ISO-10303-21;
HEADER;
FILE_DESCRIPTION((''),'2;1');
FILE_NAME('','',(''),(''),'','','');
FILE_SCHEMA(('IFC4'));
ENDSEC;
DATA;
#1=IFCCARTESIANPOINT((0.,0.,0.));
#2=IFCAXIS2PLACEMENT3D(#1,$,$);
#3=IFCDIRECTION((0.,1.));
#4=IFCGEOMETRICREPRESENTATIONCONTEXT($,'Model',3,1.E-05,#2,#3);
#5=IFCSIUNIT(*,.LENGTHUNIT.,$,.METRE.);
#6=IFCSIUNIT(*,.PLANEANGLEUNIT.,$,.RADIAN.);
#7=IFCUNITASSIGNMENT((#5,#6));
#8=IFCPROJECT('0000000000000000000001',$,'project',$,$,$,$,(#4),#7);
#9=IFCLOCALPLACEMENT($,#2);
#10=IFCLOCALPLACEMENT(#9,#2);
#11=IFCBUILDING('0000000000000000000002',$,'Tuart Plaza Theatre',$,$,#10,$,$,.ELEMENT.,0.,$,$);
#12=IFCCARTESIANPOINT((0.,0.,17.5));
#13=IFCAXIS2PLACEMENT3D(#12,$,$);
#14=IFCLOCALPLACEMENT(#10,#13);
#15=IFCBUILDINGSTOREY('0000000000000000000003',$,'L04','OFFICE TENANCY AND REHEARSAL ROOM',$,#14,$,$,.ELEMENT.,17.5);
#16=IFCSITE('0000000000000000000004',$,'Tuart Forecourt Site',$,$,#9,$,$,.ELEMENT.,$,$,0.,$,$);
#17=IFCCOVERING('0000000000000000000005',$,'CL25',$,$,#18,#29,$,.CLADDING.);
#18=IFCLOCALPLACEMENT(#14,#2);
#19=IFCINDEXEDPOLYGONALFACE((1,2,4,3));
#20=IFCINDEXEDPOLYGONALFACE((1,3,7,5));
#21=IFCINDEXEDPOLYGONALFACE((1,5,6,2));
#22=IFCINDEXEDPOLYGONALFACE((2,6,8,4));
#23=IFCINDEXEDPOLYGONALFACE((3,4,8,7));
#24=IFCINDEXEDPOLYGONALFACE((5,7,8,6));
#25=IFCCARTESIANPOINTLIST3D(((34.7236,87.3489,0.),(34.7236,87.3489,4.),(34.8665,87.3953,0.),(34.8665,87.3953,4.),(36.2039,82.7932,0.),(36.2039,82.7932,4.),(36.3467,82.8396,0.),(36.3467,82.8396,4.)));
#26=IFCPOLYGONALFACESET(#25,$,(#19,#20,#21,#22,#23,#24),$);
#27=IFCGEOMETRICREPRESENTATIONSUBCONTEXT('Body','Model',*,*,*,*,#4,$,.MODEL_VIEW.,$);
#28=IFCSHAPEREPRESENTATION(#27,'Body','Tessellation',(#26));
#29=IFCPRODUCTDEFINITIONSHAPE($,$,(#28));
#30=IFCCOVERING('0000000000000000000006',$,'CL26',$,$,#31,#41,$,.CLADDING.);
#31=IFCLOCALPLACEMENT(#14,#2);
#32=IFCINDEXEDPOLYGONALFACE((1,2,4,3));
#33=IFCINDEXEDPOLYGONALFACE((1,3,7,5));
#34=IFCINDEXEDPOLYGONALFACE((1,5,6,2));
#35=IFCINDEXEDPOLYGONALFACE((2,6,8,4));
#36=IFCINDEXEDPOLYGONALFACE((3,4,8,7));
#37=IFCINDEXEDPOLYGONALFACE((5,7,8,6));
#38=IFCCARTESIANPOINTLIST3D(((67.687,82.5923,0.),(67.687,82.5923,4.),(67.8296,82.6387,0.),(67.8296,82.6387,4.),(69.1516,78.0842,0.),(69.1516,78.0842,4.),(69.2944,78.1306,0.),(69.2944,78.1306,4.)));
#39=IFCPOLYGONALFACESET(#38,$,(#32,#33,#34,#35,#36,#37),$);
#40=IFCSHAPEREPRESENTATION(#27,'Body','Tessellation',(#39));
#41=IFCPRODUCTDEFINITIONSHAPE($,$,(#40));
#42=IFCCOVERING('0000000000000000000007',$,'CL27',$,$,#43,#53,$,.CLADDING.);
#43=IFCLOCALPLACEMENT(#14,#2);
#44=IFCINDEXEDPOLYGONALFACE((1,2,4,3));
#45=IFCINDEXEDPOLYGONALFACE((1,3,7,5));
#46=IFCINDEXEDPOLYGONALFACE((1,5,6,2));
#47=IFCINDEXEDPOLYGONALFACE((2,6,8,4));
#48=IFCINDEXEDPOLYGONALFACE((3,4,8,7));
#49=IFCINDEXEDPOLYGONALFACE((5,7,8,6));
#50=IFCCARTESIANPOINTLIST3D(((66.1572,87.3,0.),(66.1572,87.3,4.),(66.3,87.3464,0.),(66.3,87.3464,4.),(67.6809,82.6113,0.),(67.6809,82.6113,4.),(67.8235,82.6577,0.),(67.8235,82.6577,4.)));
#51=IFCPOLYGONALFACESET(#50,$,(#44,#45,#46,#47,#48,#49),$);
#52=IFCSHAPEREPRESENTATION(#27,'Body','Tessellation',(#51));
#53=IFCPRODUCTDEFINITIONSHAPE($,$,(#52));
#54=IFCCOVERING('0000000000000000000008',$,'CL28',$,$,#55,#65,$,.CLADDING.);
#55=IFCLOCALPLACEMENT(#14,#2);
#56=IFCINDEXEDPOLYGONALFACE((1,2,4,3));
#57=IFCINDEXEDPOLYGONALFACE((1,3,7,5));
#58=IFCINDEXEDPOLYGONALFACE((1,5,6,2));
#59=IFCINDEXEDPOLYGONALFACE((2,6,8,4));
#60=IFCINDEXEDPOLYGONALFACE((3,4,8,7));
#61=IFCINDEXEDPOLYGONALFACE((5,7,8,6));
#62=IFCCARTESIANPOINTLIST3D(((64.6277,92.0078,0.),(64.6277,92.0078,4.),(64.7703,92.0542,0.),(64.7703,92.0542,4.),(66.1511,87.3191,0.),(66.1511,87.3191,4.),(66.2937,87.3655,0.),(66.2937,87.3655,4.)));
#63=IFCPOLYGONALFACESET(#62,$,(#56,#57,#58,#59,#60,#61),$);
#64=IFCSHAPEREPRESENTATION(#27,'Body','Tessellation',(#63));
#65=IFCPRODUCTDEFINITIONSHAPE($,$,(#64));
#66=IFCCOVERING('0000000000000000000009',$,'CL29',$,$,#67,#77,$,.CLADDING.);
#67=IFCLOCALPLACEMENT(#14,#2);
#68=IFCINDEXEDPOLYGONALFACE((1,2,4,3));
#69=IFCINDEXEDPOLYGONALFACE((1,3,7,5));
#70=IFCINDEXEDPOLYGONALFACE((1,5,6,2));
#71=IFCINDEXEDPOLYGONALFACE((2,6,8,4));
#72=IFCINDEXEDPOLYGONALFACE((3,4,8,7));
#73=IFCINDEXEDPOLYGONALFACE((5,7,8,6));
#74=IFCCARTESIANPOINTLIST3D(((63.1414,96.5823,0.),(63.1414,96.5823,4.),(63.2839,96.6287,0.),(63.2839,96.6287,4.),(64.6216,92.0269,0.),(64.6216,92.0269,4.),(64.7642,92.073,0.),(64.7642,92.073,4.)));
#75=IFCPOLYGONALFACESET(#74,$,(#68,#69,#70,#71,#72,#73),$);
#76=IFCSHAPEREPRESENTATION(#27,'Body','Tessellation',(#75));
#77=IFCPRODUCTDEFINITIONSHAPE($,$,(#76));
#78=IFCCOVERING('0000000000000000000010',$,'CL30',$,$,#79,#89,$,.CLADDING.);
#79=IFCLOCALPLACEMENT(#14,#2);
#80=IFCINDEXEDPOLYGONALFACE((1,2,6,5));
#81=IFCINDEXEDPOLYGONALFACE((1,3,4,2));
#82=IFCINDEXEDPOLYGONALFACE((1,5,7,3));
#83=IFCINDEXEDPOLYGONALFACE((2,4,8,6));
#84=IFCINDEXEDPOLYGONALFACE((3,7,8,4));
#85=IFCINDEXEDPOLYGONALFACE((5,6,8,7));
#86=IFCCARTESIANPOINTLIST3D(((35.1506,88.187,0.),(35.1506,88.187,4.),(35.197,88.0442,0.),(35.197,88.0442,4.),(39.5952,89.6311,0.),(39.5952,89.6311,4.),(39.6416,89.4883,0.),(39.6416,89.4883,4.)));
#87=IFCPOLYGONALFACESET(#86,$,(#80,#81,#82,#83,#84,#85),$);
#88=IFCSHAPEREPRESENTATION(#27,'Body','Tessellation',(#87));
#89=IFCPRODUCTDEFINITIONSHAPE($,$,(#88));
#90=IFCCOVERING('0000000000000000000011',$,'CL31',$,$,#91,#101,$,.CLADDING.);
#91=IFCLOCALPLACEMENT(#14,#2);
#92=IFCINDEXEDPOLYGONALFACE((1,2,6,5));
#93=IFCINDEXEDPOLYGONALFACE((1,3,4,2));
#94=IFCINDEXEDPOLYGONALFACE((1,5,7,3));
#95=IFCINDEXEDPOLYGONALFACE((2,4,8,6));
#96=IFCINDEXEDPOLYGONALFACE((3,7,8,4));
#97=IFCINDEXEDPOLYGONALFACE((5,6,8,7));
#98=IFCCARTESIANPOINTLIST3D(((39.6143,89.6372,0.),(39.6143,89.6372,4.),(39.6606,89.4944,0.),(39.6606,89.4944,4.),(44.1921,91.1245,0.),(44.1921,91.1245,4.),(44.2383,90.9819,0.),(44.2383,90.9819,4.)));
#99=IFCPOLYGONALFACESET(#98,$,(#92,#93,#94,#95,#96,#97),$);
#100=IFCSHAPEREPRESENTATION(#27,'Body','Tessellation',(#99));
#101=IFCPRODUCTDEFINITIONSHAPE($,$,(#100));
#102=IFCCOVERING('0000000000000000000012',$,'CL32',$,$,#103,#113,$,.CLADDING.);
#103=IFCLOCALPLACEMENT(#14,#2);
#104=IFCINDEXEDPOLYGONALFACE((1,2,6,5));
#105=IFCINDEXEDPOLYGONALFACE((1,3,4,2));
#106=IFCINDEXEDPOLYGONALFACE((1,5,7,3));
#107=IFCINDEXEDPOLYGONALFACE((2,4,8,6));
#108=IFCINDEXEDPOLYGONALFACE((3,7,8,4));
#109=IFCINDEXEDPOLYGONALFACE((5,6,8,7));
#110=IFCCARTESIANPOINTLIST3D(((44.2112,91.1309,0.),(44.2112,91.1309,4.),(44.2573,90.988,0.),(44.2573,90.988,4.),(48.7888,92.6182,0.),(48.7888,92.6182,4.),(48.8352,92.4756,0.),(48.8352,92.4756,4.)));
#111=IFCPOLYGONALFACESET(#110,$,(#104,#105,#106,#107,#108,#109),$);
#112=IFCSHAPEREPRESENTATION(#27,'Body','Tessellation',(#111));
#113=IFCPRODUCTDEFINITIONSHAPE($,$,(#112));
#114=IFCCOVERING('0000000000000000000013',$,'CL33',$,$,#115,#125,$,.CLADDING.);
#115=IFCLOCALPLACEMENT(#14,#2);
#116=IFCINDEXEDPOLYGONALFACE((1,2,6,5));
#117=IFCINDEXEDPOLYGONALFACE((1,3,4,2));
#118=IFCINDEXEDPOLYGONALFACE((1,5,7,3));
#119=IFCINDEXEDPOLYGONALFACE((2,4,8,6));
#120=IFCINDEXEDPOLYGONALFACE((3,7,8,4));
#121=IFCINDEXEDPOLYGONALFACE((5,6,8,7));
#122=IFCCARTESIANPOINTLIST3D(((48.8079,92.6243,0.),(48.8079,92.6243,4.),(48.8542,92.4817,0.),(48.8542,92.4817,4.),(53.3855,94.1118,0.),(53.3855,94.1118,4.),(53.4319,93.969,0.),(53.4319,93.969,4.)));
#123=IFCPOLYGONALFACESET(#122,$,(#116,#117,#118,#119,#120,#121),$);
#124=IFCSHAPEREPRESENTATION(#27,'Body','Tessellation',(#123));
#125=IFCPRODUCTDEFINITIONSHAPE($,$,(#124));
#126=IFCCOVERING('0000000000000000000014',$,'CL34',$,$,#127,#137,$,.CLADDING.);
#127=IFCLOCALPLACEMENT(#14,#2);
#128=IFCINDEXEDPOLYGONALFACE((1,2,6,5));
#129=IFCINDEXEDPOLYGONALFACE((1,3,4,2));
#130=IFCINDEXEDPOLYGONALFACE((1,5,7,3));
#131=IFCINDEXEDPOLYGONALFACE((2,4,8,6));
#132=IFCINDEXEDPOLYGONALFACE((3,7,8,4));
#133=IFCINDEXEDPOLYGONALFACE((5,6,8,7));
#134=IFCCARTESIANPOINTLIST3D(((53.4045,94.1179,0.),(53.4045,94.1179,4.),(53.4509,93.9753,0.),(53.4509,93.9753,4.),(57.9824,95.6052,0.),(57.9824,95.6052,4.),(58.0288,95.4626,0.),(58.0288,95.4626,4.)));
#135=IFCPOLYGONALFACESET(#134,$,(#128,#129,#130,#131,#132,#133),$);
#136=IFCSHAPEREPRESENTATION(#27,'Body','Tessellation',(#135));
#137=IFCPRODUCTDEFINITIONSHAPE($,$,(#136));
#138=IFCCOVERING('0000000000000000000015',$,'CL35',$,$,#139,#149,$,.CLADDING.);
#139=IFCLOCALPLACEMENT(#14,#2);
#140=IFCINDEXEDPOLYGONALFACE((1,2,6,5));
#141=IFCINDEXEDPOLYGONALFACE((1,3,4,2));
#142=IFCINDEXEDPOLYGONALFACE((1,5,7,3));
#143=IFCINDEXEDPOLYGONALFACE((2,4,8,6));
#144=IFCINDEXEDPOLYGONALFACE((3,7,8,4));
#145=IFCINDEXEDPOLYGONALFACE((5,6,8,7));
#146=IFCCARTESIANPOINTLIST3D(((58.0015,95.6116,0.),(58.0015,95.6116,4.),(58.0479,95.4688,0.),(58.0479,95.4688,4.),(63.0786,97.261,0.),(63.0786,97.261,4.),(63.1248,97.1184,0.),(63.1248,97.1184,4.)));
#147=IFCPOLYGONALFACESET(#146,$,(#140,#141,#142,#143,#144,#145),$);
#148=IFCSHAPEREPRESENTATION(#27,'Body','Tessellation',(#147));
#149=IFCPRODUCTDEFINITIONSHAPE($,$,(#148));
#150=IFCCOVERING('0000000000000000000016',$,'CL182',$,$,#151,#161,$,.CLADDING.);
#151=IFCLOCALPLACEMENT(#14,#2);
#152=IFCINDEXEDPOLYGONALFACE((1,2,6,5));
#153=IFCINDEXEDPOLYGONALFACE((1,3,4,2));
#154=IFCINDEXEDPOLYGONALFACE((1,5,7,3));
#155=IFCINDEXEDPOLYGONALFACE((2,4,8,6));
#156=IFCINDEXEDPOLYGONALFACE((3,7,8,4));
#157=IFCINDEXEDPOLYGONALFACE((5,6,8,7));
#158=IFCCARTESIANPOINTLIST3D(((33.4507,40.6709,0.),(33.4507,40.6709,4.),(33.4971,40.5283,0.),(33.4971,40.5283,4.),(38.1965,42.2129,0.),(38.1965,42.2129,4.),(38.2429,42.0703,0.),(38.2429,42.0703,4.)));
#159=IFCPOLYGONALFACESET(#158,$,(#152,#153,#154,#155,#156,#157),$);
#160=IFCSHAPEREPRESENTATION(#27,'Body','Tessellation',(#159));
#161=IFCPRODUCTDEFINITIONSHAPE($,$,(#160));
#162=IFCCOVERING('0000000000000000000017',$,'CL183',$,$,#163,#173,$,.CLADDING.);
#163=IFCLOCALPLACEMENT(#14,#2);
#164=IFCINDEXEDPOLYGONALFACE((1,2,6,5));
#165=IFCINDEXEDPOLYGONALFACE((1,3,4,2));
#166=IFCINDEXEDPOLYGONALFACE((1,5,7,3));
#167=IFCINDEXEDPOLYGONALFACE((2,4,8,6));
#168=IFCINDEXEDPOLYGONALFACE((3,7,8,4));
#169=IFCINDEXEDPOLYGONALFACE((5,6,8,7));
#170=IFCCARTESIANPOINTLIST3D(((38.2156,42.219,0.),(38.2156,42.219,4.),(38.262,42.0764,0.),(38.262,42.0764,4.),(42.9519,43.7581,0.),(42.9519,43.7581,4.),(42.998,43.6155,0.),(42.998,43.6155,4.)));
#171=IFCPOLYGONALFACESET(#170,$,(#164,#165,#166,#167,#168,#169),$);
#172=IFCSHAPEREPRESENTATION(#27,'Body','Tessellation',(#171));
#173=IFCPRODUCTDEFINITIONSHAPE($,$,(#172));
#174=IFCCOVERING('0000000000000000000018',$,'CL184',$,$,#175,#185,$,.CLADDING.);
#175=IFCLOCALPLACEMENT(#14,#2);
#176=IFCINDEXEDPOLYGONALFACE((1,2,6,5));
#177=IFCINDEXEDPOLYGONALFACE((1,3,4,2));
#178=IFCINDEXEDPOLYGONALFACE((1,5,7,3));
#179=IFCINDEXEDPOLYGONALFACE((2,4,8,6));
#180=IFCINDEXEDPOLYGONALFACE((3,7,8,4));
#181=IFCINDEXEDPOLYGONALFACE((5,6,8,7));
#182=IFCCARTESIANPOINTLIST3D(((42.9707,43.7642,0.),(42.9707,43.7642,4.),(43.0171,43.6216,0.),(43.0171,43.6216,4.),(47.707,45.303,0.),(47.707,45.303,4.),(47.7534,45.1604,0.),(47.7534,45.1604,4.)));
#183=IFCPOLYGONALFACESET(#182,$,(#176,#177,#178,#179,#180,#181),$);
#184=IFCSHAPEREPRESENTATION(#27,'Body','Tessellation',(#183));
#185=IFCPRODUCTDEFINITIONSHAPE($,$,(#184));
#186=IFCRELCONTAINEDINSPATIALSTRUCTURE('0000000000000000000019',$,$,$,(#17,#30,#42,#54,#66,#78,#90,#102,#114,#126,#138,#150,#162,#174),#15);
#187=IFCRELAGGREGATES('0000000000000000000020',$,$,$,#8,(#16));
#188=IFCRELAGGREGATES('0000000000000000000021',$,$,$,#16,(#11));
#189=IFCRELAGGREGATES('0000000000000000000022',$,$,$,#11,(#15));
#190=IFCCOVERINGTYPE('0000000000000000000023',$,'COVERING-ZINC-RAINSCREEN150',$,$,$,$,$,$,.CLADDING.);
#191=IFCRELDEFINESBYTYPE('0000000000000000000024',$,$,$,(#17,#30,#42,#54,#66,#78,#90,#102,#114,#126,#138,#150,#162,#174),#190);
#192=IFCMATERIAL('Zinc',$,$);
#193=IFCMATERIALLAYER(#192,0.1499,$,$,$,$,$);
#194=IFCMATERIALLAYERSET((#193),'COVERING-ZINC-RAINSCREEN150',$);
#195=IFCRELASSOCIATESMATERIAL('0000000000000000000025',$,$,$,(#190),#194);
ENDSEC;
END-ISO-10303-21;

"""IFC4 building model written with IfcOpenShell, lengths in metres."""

from ifc_helpers import new_model, si_unit, direction, frame, origin, place, context, subcontext, project, spatial, polyline, outline, extrude, material, layer, layer_set, type_object, element, save


model = new_model("IFC4")

# Units and contexts
model_context = context("Model", 3, precision=1e-05, world=origin(), true_north=direction((0.0, 1.0)))
body_context = subcontext(model_context, "Body", "Model", "MODEL_VIEW")
ifc_project = project(units=[si_unit("LENGTHUNIT", "METRE"), si_unit("PLANEANGLEUNIT", "RADIAN")], contexts=[model_context])

# Site, building, storey
site_placement = place(None, origin())
site = spatial("IfcSite", under=ifc_project, at=site_placement, Name="Tuart Forecourt Site", CompositionType="ELEMENT", RefElevation=0.0)
building_placement = place(site_placement, origin())
building = spatial("IfcBuilding", under=site, at=building_placement, Name="Tuart Plaza Theatre", CompositionType="ELEMENT", ElevationOfRefHeight=0.0)
storey_placement = place(building_placement, frame((0.0, 0.0, 17.5)))
storey = spatial("IfcBuildingStorey", under=building, at=storey_placement, Name="L04", Description="OFFICE TENANCY AND REHEARSAL ROOM", CompositionType="ELEMENT", Elevation=17.5)

# Coverings
ifc_material_1 = material(Name="Zinc")
ifc_layer_1 = layer(ifc_material_1, 0.1499)
ifc_layer_set_1 = layer_set([ifc_layer_1], Name="COVERING-ZINC-RAINSCREEN150")
covering_type = type_object("IfcCoveringType", Name="COVERING-ZINC-RAINSCREEN150", PredefinedType="CLADDING", material=ifc_layer_set_1)
covering_1_placement = place(storey_placement, origin())
element("IfcCovering", 1, at=covering_1_placement, inside=storey, type_object=covering_type, Name="CL25", PredefinedType="CLADDING", context=body_context, shape_type="SweptSolid", body=[
    extrude(outline(polyline([(36.2039, 82.7932), (34.7236, 87.3489), (34.8665, 87.3953), (36.3467, 82.8396), (36.2039, 82.7932)])), origin(), (0.0, 0.0, 1.0), 4.0),
])
covering_2_placement = place(storey_placement, origin())
element("IfcCovering", 2, at=covering_2_placement, inside=storey, type_object=covering_type, Name="CL26", PredefinedType="CLADDING", context=body_context, shape_type="SweptSolid", body=[
    extrude(outline(polyline([(69.1516, 78.0842), (67.687, 82.5923), (67.8296, 82.6387), (69.2944, 78.1306), (69.1516, 78.0842)])), origin(), (0.0, 0.0, 1.0), 4.0),
])
covering_3_placement = place(storey_placement, origin())
element("IfcCovering", 3, at=covering_3_placement, inside=storey, type_object=covering_type, Name="CL27", PredefinedType="CLADDING", context=body_context, shape_type="SweptSolid", body=[
    extrude(outline(polyline([(67.6809, 82.6113), (66.1572, 87.3), (66.3, 87.3464), (67.8235, 82.6577), (67.6809, 82.6113)])), origin(), (0.0, 0.0, 1.0), 4.0),
])
covering_4_placement = place(storey_placement, origin())
element("IfcCovering", 4, at=covering_4_placement, inside=storey, type_object=covering_type, Name="CL28", PredefinedType="CLADDING", context=body_context, shape_type="SweptSolid", body=[
    extrude(outline(polyline([(66.1511, 87.3191), (64.6277, 92.0078), (64.7703, 92.0542), (66.2937, 87.3655), (66.1511, 87.3191)])), origin(), (0.0, 0.0, 1.0), 4.0),
])
covering_5_placement = place(storey_placement, origin())
element("IfcCovering", 5, at=covering_5_placement, inside=storey, type_object=covering_type, Name="CL29", PredefinedType="CLADDING", context=body_context, shape_type="SweptSolid", body=[
    extrude(outline(polyline([(64.6216, 92.0269), (63.1414, 96.5823), (63.2839, 96.6287), (64.7642, 92.073), (64.6216, 92.0269)])), origin(), (0.0, 0.0, 1.0), 4.0),
])
covering_6_placement = place(storey_placement, origin())
element("IfcCovering", 6, at=covering_6_placement, inside=storey, type_object=covering_type, Name="CL30", PredefinedType="CLADDING", context=body_context, shape_type="SweptSolid", body=[
    extrude(outline(polyline([(35.1506, 88.187), (39.5952, 89.6311), (39.6416, 89.4883), (35.197, 88.0442), (35.1506, 88.187)])), origin(), (0.0, 0.0, 1.0), 4.0),
])
covering_7_placement = place(storey_placement, origin())
element("IfcCovering", 7, at=covering_7_placement, inside=storey, type_object=covering_type, Name="CL31", PredefinedType="CLADDING", context=body_context, shape_type="SweptSolid", body=[
    extrude(outline(polyline([(39.6143, 89.6372), (44.1921, 91.1245), (44.2383, 90.9819), (39.6606, 89.4944), (39.6143, 89.6372)])), origin(), (0.0, 0.0, 1.0), 4.0),
])
covering_8_placement = place(storey_placement, origin())
element("IfcCovering", 8, at=covering_8_placement, inside=storey, type_object=covering_type, Name="CL32", PredefinedType="CLADDING", context=body_context, shape_type="SweptSolid", body=[
    extrude(outline(polyline([(44.2112, 91.1309), (48.7888, 92.6182), (48.8352, 92.4756), (44.2573, 90.988), (44.2112, 91.1309)])), origin(), (0.0, 0.0, 1.0), 4.0),
])
covering_9_placement = place(storey_placement, origin())
element("IfcCovering", 9, at=covering_9_placement, inside=storey, type_object=covering_type, Name="CL33", PredefinedType="CLADDING", context=body_context, shape_type="SweptSolid", body=[
    extrude(outline(polyline([(48.8079, 92.6243), (53.3855, 94.1118), (53.4319, 93.969), (48.8542, 92.4817), (48.8079, 92.6243)])), origin(), (0.0, 0.0, 1.0), 4.0),
])
covering_10_placement = place(storey_placement, origin())
element("IfcCovering", 10, at=covering_10_placement, inside=storey, type_object=covering_type, Name="CL34", PredefinedType="CLADDING", context=body_context, shape_type="SweptSolid", body=[
    extrude(outline(polyline([(53.4045, 94.1179), (57.9824, 95.6052), (58.0288, 95.4626), (53.4509, 93.9753), (53.4045, 94.1179)])), origin(), (0.0, 0.0, 1.0), 4.0),
])
covering_11_placement = place(storey_placement, origin())
element("IfcCovering", 11, at=covering_11_placement, inside=storey, type_object=covering_type, Name="CL35", PredefinedType="CLADDING", context=body_context, shape_type="SweptSolid", body=[
    extrude(outline(polyline([(58.0015, 95.6116), (63.0786, 97.261), (63.1248, 97.1184), (58.0479, 95.4688), (58.0015, 95.6116)])), origin(), (0.0, 0.0, 1.0), 4.0),
])
covering_12_placement = place(storey_placement, origin())
element("IfcCovering", 12, at=covering_12_placement, inside=storey, type_object=covering_type, Name="CL182", PredefinedType="CLADDING", context=body_context, shape_type="SweptSolid", body=[
    extrude(outline(polyline([(33.4507, 40.6709), (38.1965, 42.2129), (38.2429, 42.0703), (33.4971, 40.5283), (33.4507, 40.6709)])), origin(), (0.0, 0.0, 1.0), 4.0),
])
covering_13_placement = place(storey_placement, origin())
element("IfcCovering", 13, at=covering_13_placement, inside=storey, type_object=covering_type, Name="CL183", PredefinedType="CLADDING", context=body_context, shape_type="SweptSolid", body=[
    extrude(outline(polyline([(38.2156, 42.219), (42.9519, 43.7581), (42.998, 43.6155), (38.262, 42.0764), (38.2156, 42.219)])), origin(), (0.0, 0.0, 1.0), 4.0),
])
covering_14_placement = place(storey_placement, origin())
element("IfcCovering", 14, at=covering_14_placement, inside=storey, type_object=covering_type, Name="CL184", PredefinedType="CLADDING", context=body_context, shape_type="SweptSolid", body=[
    extrude(outline(polyline([(42.9707, 43.7642), (47.707, 45.303), (47.7534, 45.1604), (43.0171, 43.6216), (42.9707, 43.7642)])), origin(), (0.0, 0.0, 1.0), 4.0),
])

save(model, "model.ifc")
